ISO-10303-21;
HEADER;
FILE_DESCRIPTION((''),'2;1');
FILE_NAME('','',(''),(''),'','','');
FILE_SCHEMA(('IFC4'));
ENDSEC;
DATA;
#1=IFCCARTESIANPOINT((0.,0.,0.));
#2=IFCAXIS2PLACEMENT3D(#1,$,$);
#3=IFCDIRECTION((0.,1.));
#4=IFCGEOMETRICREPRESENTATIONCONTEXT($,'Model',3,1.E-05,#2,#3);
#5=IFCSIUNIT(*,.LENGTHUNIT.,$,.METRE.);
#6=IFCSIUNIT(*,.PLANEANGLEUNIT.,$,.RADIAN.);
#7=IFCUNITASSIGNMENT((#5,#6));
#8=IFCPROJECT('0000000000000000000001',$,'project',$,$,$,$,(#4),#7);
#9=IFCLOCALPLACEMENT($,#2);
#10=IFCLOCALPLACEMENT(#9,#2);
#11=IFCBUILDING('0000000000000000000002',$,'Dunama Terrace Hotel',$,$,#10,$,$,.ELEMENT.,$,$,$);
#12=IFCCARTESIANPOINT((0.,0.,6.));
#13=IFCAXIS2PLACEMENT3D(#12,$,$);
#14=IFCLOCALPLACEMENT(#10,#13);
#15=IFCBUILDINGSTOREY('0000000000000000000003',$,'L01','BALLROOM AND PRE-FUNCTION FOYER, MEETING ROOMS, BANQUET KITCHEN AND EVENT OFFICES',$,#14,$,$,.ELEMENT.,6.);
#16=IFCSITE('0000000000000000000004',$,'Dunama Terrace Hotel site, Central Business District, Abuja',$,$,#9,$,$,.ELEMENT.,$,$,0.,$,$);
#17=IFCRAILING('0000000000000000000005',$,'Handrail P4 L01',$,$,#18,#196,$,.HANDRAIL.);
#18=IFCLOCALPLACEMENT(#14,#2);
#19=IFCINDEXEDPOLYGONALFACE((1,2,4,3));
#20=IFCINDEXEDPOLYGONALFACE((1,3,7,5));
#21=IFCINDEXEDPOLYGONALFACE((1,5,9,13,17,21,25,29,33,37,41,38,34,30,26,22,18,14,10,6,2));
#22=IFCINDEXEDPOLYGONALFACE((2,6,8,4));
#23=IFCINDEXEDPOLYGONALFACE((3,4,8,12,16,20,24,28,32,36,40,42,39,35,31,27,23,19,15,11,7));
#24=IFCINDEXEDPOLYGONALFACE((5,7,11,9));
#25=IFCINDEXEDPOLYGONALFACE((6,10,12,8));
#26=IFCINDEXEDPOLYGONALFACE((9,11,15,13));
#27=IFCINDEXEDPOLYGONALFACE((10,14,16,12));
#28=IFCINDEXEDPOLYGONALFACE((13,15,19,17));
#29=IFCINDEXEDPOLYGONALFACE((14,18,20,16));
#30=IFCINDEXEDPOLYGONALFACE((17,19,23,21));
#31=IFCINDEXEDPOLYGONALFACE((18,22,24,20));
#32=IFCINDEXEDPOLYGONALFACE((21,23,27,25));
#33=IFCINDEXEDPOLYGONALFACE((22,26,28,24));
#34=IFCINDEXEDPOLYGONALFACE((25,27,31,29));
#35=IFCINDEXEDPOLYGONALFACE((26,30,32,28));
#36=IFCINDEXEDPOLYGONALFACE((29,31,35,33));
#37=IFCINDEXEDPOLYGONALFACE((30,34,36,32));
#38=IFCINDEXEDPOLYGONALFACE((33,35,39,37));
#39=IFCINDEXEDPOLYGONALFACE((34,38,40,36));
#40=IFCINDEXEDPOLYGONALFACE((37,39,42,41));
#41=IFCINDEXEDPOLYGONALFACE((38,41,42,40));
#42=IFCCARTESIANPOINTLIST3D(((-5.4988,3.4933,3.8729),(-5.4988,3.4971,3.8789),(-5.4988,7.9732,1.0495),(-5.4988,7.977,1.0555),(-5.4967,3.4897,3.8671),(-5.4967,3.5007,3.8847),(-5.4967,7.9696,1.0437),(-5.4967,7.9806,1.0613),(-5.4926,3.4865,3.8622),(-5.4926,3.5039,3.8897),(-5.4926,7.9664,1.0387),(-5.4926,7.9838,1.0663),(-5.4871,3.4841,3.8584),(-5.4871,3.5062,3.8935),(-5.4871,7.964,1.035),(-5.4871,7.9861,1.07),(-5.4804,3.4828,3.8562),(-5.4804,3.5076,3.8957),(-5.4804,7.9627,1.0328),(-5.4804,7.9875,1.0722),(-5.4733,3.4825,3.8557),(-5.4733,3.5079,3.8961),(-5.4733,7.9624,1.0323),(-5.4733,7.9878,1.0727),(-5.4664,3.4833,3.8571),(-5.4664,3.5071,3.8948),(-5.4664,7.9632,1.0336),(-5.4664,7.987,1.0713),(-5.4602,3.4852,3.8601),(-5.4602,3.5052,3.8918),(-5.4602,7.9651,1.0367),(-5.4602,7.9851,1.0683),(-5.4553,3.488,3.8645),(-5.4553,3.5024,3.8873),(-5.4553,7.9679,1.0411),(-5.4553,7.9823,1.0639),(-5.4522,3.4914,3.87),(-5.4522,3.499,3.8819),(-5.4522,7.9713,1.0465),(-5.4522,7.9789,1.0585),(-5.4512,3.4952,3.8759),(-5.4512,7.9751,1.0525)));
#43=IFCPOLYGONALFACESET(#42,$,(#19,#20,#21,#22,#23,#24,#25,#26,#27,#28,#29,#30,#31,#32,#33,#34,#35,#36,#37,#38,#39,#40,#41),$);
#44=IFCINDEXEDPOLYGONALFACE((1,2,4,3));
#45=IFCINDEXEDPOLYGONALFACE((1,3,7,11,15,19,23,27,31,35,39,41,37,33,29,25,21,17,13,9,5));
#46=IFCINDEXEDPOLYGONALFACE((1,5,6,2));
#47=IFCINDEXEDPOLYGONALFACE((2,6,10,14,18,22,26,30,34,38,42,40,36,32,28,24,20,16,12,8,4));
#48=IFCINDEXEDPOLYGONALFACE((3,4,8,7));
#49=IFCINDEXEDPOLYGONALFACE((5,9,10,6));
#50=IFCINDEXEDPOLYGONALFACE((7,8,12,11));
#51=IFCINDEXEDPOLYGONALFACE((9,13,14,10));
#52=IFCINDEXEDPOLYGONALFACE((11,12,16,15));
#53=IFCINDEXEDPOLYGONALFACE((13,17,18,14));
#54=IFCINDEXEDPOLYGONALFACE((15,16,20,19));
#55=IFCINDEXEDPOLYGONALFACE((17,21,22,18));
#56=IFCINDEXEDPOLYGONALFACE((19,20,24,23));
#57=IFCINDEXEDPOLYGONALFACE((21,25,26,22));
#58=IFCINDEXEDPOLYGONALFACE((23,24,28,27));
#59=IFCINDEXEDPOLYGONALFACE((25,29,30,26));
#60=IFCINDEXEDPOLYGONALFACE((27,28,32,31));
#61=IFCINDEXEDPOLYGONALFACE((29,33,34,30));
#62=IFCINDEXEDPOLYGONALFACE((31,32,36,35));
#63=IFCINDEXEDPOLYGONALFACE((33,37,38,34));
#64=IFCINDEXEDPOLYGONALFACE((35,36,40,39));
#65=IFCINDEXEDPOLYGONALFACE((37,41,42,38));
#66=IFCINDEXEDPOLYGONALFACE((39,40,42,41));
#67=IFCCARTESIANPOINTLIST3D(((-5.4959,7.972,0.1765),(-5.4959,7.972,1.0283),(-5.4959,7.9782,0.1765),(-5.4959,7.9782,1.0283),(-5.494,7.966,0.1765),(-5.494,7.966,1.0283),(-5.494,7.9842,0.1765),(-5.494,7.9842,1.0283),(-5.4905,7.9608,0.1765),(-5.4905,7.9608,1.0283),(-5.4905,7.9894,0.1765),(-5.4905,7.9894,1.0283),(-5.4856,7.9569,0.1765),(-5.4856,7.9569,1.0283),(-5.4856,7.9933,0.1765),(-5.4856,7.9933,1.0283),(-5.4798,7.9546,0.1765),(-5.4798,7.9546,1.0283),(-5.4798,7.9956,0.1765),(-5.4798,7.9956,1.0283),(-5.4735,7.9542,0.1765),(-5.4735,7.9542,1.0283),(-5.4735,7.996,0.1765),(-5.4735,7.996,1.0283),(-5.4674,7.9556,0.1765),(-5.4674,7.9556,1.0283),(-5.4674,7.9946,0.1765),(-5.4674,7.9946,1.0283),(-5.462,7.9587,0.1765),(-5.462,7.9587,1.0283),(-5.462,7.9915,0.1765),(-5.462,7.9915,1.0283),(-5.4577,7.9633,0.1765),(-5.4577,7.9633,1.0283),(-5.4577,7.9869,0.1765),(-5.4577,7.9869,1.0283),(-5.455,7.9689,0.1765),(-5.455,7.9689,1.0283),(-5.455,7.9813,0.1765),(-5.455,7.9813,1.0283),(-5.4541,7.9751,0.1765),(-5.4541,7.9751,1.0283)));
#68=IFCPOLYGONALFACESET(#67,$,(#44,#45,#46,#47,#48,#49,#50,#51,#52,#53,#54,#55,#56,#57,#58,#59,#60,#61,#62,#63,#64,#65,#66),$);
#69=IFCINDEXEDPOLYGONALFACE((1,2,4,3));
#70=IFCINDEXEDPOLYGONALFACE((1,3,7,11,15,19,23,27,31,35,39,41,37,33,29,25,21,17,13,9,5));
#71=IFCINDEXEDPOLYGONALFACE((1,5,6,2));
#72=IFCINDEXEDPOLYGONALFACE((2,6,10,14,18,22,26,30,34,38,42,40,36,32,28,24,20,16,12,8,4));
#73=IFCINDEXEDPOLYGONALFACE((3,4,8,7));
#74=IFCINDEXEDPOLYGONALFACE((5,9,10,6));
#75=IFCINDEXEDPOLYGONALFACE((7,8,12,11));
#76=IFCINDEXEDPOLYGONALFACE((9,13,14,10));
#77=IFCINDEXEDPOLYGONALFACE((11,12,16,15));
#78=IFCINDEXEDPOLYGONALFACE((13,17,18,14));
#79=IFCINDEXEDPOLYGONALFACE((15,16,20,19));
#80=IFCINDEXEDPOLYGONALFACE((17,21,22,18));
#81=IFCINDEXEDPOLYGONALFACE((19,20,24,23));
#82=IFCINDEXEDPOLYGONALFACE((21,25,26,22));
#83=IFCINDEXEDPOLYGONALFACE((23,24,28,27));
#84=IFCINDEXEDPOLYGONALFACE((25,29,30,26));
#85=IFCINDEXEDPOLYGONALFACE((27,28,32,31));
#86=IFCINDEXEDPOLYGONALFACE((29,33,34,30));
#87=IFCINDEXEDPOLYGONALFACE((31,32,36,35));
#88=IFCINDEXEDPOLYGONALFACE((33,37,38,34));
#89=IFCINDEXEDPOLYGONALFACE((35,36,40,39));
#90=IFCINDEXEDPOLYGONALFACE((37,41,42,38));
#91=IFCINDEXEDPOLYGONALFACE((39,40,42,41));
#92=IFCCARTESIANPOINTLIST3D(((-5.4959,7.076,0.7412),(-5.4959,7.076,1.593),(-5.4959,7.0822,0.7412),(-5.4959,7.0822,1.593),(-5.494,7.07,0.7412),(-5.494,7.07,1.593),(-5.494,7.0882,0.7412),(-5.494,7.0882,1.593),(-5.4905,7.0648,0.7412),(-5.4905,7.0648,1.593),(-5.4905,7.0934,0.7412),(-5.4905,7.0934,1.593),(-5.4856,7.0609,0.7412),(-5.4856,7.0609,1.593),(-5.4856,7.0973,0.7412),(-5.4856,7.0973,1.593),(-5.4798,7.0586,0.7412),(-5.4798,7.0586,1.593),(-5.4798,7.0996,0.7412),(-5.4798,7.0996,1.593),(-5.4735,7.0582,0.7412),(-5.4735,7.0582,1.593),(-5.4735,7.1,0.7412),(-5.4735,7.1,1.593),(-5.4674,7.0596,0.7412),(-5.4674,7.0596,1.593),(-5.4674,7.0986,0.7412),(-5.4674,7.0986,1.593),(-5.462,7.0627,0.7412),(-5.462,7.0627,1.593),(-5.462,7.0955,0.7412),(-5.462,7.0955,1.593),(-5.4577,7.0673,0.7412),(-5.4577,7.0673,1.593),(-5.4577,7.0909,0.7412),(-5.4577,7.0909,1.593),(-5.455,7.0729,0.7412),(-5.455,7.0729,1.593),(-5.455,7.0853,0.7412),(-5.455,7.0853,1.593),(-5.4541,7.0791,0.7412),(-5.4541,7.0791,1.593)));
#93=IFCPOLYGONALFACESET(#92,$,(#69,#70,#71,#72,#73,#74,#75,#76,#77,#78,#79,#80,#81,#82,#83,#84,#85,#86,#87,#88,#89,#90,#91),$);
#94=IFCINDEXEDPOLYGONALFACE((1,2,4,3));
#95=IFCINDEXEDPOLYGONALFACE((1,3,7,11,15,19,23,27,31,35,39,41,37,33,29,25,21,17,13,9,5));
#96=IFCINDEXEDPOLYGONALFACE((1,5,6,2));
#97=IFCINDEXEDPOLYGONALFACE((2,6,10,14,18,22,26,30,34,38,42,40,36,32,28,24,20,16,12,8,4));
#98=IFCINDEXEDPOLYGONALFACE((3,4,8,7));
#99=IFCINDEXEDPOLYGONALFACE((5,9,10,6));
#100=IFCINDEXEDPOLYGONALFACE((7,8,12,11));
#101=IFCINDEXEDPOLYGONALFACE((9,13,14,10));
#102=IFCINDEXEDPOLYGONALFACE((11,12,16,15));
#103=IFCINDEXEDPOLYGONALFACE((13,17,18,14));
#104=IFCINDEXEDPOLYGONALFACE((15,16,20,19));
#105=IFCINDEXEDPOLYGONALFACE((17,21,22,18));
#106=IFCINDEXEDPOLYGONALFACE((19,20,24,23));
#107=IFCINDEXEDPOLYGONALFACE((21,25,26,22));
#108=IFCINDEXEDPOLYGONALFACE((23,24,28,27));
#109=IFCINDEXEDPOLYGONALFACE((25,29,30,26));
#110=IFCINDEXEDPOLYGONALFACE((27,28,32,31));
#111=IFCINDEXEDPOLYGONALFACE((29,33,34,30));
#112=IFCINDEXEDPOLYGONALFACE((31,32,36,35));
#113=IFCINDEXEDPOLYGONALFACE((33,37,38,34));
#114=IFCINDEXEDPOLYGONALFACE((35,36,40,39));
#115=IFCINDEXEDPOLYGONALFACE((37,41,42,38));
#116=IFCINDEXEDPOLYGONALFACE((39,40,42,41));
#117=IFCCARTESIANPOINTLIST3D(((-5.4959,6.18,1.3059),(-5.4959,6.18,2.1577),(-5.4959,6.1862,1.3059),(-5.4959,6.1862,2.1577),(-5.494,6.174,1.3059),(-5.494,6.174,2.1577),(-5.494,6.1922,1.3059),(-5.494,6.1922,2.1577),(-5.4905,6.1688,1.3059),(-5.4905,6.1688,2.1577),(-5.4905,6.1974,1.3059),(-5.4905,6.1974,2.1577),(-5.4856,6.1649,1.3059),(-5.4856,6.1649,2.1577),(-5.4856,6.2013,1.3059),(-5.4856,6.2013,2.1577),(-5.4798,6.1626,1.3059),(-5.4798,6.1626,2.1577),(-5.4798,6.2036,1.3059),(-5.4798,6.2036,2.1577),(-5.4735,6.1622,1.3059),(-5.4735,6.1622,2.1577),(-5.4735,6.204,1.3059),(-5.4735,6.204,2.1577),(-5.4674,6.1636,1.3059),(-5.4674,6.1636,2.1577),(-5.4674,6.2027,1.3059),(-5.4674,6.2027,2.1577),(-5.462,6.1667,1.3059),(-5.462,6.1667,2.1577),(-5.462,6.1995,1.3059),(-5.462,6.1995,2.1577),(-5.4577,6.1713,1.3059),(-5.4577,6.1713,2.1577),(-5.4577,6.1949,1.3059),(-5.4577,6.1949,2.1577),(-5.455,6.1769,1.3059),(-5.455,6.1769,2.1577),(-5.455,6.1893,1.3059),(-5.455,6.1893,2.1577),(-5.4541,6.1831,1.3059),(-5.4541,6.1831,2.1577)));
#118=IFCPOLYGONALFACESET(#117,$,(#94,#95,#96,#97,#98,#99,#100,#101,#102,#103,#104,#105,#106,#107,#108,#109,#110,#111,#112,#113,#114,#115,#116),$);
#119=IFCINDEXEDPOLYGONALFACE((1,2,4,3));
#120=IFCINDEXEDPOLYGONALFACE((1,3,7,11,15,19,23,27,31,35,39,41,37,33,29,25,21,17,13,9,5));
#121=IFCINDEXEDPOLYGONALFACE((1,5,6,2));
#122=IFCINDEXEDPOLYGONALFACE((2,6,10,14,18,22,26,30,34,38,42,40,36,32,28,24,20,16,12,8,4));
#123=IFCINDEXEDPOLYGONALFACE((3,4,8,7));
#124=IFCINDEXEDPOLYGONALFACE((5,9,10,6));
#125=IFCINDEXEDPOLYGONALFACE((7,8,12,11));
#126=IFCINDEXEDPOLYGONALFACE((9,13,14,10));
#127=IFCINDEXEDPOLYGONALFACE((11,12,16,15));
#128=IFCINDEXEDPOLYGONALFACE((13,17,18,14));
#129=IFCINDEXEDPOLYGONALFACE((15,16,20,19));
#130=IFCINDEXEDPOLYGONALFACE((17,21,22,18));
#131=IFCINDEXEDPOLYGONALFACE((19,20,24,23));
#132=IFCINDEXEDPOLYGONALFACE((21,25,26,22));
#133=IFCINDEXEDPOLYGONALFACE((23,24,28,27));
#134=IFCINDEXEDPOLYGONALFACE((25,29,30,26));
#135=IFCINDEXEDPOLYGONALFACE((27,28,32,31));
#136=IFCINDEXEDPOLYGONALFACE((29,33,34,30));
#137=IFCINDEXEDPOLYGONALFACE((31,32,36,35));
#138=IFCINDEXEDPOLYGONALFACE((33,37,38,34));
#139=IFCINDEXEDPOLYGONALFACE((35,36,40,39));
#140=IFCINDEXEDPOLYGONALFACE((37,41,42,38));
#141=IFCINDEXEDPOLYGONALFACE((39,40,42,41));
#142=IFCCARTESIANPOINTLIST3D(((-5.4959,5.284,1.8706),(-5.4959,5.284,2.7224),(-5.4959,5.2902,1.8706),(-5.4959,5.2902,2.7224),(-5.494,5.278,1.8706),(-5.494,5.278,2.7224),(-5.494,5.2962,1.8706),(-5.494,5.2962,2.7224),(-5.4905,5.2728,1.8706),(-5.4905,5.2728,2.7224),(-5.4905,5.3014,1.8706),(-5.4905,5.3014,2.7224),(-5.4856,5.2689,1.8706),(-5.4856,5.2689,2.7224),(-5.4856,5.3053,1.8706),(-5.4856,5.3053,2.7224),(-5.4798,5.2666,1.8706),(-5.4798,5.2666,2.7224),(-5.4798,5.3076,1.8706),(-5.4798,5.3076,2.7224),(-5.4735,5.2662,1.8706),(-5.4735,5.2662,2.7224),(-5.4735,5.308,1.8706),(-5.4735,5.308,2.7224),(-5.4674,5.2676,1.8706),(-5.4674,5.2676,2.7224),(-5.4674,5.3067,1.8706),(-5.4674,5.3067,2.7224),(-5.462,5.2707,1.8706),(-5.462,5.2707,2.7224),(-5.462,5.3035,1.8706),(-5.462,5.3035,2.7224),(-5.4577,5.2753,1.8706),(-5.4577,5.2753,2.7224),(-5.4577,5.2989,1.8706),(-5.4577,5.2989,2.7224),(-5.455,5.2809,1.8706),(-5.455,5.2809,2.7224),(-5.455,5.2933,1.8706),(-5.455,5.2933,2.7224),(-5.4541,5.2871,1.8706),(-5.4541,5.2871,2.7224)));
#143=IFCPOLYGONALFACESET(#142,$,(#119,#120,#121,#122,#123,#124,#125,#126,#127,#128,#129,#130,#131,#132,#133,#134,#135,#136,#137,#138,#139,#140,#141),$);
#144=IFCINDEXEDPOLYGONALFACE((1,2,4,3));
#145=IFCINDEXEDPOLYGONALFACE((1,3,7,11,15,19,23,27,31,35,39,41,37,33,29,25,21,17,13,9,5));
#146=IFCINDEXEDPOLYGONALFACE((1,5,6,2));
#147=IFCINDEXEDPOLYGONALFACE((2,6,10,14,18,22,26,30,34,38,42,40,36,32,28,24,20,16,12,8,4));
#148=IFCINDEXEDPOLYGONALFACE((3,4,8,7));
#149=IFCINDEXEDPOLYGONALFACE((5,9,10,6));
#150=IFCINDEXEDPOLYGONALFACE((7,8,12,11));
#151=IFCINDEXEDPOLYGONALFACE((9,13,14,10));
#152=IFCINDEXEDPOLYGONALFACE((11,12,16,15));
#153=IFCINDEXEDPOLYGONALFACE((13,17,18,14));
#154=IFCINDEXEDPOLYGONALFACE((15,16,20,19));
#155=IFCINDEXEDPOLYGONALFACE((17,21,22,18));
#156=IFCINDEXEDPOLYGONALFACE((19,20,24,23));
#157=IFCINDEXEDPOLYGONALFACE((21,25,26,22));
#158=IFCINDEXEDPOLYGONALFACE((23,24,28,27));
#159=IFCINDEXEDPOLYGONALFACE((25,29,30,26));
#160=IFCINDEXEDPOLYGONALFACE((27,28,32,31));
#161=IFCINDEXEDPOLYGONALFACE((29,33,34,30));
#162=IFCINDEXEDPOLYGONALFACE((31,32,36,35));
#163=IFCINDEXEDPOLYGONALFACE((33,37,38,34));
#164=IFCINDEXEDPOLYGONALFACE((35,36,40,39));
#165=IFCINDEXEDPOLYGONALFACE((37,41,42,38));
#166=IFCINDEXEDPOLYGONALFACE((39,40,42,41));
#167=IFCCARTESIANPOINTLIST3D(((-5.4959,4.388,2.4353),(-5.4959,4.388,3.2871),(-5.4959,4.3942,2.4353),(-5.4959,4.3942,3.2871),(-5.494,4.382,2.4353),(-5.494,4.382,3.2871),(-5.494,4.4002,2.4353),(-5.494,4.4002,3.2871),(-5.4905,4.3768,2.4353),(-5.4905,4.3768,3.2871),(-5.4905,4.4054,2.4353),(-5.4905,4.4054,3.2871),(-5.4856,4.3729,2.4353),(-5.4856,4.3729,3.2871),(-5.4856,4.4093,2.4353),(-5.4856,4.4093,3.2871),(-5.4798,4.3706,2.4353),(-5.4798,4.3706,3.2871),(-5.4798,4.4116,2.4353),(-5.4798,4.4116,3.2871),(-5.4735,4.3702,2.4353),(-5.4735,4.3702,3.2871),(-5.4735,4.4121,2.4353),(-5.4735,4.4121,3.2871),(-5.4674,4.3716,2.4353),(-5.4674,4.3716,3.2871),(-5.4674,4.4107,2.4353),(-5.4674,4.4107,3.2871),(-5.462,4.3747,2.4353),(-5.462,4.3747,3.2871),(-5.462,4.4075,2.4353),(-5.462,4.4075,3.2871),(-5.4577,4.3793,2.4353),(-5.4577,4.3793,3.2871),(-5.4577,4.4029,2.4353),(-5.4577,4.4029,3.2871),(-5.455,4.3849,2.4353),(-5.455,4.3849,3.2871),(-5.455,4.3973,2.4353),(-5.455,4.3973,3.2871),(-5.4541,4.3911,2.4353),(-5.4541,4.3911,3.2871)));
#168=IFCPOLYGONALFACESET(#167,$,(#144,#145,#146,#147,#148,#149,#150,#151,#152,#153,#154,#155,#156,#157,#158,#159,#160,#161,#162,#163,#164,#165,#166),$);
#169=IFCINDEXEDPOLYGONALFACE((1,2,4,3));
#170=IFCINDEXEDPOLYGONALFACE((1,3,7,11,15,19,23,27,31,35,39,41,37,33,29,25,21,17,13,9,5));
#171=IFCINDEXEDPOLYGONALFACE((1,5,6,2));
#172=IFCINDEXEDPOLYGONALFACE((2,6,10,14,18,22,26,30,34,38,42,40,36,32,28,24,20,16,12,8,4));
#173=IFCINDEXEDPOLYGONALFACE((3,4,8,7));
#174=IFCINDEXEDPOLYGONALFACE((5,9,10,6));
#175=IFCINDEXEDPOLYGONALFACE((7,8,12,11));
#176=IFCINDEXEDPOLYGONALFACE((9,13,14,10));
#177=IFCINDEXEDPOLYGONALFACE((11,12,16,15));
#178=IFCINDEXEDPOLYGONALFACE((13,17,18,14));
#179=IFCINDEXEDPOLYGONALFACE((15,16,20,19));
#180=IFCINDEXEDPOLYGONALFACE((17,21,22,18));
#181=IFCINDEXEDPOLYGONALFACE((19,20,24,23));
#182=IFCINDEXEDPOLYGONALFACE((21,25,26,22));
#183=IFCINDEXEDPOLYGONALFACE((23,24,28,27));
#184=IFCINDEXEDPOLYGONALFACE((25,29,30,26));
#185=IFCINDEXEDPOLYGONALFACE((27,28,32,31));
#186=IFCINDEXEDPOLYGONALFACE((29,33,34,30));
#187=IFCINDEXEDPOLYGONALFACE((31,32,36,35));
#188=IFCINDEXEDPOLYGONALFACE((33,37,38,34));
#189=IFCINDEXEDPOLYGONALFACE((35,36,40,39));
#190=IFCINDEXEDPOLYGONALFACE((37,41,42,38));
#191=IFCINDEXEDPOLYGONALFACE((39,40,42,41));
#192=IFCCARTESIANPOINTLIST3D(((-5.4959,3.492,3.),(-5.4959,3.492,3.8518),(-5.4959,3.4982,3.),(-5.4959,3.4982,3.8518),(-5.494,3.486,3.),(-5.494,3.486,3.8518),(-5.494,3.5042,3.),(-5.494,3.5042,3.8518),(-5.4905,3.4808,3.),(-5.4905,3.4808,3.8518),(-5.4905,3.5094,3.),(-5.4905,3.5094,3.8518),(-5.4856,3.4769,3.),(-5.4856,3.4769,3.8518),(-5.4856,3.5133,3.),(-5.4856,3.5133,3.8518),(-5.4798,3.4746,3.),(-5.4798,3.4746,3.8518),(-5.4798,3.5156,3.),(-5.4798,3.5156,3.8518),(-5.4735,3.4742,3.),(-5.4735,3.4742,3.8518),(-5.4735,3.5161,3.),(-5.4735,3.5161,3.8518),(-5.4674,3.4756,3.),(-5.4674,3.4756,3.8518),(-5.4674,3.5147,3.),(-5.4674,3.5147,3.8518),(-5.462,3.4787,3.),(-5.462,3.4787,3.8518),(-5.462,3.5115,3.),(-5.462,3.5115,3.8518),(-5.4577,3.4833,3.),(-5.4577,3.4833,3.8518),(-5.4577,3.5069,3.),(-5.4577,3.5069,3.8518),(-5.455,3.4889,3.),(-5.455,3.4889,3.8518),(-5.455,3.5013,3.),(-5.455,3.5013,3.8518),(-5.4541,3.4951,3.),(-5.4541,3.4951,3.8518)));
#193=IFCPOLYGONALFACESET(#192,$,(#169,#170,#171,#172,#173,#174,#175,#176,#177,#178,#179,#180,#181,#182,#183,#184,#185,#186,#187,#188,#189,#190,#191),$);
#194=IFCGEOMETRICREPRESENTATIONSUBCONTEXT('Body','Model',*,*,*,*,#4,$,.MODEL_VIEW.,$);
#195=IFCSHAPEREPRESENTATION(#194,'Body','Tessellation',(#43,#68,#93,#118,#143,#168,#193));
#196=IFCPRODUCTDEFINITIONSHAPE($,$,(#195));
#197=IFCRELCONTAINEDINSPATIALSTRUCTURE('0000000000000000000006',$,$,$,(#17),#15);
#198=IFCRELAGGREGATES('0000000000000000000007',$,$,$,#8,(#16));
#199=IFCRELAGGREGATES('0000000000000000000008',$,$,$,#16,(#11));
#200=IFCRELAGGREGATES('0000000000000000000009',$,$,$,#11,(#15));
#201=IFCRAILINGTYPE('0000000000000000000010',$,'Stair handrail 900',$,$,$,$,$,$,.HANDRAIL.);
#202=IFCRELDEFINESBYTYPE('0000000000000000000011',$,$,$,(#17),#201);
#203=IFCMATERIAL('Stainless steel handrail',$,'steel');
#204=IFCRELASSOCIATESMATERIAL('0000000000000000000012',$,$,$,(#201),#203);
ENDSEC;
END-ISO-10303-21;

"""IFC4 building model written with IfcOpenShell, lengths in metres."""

from ifc_helpers import new_model, si_unit, direction, frame, origin, origin_2d, place, context, subcontext, project, spatial, circle, extrude, material, type_object, element, save


model = new_model("IFC4")

# Units and contexts
model_context = context("Model", 3, precision=1e-05, world=origin(), true_north=direction((0.0, 1.0)))
body_context = subcontext(model_context, "Body", "Model", "MODEL_VIEW")
ifc_project = project(units=[si_unit("LENGTHUNIT", "METRE"), si_unit("PLANEANGLEUNIT", "RADIAN")], contexts=[model_context])

# Site, building, storey
site_placement = place(None, origin())
site = spatial("IfcSite", under=ifc_project, at=site_placement, Name="Dunama Terrace Hotel site, Central Business District, Abuja", CompositionType="ELEMENT", RefElevation=0.0)
building_placement = place(site_placement, origin())
building = spatial("IfcBuilding", under=site, at=building_placement, Name="Dunama Terrace Hotel", CompositionType="ELEMENT")
storey_placement = place(building_placement, frame((0.0, 0.0, 6.0)))
storey = spatial("IfcBuildingStorey", under=building, at=storey_placement, Name="L01", Description="BALLROOM AND PRE-FUNCTION FOYER, MEETING ROOMS, BANQUET KITCHEN AND EVENT OFFICES", CompositionType="ELEMENT", Elevation=6.0)

# Railing
ifc_material_1 = material(Name="Stainless steel handrail", Category="steel")
railing_type = type_object("IfcRailingType", Name="Stair handrail 900", PredefinedType="HANDRAIL", material=ifc_material_1)
railing_1_placement = place(storey_placement, frame((-5.4751, 7.9751, 0.1765)))
element("IfcRailing", 1, at=railing_1_placement, inside=storey, type_object=railing_type, Name="Handrail P4 L01", PredefinedType="HANDRAIL", context=body_context, shape_type="SweptSolid", body=[
    extrude(circle(Radius=0.0239, at=origin_2d()), frame((0.0, 0.0, 0.876), z_axis=(0.0, -0.845998, 0.533186), x_axis=(1.0, 0.0, 0.0)), (0.0, 0.0, 1.0), 5.2954),
    extrude(circle(Radius=0.021, at=origin_2d()), origin(), (0.0, 0.0, 1.0), 0.8518),
    extrude(circle(Radius=0.021, at=origin_2d()), frame((0.0, -0.896, 0.5647)), (0.0, 0.0, 1.0), 0.8518),
    extrude(circle(Radius=0.021, at=origin_2d()), frame((0.0, -1.792, 1.1294)), (0.0, 0.0, 1.0), 0.8518),
    extrude(circle(Radius=0.021, at=origin_2d()), frame((0.0, -2.688, 1.6941)), (0.0, 0.0, 1.0), 0.8518),
    extrude(circle(Radius=0.021, at=origin_2d()), frame((0.0, -3.584, 2.2588)), (0.0, 0.0, 1.0), 0.8518),
    extrude(circle(Radius=0.021, at=origin_2d()), frame((0.0, -4.48, 2.8235)), (0.0, 0.0, 1.0), 0.8518),
])

save(model, "model.ifc")
